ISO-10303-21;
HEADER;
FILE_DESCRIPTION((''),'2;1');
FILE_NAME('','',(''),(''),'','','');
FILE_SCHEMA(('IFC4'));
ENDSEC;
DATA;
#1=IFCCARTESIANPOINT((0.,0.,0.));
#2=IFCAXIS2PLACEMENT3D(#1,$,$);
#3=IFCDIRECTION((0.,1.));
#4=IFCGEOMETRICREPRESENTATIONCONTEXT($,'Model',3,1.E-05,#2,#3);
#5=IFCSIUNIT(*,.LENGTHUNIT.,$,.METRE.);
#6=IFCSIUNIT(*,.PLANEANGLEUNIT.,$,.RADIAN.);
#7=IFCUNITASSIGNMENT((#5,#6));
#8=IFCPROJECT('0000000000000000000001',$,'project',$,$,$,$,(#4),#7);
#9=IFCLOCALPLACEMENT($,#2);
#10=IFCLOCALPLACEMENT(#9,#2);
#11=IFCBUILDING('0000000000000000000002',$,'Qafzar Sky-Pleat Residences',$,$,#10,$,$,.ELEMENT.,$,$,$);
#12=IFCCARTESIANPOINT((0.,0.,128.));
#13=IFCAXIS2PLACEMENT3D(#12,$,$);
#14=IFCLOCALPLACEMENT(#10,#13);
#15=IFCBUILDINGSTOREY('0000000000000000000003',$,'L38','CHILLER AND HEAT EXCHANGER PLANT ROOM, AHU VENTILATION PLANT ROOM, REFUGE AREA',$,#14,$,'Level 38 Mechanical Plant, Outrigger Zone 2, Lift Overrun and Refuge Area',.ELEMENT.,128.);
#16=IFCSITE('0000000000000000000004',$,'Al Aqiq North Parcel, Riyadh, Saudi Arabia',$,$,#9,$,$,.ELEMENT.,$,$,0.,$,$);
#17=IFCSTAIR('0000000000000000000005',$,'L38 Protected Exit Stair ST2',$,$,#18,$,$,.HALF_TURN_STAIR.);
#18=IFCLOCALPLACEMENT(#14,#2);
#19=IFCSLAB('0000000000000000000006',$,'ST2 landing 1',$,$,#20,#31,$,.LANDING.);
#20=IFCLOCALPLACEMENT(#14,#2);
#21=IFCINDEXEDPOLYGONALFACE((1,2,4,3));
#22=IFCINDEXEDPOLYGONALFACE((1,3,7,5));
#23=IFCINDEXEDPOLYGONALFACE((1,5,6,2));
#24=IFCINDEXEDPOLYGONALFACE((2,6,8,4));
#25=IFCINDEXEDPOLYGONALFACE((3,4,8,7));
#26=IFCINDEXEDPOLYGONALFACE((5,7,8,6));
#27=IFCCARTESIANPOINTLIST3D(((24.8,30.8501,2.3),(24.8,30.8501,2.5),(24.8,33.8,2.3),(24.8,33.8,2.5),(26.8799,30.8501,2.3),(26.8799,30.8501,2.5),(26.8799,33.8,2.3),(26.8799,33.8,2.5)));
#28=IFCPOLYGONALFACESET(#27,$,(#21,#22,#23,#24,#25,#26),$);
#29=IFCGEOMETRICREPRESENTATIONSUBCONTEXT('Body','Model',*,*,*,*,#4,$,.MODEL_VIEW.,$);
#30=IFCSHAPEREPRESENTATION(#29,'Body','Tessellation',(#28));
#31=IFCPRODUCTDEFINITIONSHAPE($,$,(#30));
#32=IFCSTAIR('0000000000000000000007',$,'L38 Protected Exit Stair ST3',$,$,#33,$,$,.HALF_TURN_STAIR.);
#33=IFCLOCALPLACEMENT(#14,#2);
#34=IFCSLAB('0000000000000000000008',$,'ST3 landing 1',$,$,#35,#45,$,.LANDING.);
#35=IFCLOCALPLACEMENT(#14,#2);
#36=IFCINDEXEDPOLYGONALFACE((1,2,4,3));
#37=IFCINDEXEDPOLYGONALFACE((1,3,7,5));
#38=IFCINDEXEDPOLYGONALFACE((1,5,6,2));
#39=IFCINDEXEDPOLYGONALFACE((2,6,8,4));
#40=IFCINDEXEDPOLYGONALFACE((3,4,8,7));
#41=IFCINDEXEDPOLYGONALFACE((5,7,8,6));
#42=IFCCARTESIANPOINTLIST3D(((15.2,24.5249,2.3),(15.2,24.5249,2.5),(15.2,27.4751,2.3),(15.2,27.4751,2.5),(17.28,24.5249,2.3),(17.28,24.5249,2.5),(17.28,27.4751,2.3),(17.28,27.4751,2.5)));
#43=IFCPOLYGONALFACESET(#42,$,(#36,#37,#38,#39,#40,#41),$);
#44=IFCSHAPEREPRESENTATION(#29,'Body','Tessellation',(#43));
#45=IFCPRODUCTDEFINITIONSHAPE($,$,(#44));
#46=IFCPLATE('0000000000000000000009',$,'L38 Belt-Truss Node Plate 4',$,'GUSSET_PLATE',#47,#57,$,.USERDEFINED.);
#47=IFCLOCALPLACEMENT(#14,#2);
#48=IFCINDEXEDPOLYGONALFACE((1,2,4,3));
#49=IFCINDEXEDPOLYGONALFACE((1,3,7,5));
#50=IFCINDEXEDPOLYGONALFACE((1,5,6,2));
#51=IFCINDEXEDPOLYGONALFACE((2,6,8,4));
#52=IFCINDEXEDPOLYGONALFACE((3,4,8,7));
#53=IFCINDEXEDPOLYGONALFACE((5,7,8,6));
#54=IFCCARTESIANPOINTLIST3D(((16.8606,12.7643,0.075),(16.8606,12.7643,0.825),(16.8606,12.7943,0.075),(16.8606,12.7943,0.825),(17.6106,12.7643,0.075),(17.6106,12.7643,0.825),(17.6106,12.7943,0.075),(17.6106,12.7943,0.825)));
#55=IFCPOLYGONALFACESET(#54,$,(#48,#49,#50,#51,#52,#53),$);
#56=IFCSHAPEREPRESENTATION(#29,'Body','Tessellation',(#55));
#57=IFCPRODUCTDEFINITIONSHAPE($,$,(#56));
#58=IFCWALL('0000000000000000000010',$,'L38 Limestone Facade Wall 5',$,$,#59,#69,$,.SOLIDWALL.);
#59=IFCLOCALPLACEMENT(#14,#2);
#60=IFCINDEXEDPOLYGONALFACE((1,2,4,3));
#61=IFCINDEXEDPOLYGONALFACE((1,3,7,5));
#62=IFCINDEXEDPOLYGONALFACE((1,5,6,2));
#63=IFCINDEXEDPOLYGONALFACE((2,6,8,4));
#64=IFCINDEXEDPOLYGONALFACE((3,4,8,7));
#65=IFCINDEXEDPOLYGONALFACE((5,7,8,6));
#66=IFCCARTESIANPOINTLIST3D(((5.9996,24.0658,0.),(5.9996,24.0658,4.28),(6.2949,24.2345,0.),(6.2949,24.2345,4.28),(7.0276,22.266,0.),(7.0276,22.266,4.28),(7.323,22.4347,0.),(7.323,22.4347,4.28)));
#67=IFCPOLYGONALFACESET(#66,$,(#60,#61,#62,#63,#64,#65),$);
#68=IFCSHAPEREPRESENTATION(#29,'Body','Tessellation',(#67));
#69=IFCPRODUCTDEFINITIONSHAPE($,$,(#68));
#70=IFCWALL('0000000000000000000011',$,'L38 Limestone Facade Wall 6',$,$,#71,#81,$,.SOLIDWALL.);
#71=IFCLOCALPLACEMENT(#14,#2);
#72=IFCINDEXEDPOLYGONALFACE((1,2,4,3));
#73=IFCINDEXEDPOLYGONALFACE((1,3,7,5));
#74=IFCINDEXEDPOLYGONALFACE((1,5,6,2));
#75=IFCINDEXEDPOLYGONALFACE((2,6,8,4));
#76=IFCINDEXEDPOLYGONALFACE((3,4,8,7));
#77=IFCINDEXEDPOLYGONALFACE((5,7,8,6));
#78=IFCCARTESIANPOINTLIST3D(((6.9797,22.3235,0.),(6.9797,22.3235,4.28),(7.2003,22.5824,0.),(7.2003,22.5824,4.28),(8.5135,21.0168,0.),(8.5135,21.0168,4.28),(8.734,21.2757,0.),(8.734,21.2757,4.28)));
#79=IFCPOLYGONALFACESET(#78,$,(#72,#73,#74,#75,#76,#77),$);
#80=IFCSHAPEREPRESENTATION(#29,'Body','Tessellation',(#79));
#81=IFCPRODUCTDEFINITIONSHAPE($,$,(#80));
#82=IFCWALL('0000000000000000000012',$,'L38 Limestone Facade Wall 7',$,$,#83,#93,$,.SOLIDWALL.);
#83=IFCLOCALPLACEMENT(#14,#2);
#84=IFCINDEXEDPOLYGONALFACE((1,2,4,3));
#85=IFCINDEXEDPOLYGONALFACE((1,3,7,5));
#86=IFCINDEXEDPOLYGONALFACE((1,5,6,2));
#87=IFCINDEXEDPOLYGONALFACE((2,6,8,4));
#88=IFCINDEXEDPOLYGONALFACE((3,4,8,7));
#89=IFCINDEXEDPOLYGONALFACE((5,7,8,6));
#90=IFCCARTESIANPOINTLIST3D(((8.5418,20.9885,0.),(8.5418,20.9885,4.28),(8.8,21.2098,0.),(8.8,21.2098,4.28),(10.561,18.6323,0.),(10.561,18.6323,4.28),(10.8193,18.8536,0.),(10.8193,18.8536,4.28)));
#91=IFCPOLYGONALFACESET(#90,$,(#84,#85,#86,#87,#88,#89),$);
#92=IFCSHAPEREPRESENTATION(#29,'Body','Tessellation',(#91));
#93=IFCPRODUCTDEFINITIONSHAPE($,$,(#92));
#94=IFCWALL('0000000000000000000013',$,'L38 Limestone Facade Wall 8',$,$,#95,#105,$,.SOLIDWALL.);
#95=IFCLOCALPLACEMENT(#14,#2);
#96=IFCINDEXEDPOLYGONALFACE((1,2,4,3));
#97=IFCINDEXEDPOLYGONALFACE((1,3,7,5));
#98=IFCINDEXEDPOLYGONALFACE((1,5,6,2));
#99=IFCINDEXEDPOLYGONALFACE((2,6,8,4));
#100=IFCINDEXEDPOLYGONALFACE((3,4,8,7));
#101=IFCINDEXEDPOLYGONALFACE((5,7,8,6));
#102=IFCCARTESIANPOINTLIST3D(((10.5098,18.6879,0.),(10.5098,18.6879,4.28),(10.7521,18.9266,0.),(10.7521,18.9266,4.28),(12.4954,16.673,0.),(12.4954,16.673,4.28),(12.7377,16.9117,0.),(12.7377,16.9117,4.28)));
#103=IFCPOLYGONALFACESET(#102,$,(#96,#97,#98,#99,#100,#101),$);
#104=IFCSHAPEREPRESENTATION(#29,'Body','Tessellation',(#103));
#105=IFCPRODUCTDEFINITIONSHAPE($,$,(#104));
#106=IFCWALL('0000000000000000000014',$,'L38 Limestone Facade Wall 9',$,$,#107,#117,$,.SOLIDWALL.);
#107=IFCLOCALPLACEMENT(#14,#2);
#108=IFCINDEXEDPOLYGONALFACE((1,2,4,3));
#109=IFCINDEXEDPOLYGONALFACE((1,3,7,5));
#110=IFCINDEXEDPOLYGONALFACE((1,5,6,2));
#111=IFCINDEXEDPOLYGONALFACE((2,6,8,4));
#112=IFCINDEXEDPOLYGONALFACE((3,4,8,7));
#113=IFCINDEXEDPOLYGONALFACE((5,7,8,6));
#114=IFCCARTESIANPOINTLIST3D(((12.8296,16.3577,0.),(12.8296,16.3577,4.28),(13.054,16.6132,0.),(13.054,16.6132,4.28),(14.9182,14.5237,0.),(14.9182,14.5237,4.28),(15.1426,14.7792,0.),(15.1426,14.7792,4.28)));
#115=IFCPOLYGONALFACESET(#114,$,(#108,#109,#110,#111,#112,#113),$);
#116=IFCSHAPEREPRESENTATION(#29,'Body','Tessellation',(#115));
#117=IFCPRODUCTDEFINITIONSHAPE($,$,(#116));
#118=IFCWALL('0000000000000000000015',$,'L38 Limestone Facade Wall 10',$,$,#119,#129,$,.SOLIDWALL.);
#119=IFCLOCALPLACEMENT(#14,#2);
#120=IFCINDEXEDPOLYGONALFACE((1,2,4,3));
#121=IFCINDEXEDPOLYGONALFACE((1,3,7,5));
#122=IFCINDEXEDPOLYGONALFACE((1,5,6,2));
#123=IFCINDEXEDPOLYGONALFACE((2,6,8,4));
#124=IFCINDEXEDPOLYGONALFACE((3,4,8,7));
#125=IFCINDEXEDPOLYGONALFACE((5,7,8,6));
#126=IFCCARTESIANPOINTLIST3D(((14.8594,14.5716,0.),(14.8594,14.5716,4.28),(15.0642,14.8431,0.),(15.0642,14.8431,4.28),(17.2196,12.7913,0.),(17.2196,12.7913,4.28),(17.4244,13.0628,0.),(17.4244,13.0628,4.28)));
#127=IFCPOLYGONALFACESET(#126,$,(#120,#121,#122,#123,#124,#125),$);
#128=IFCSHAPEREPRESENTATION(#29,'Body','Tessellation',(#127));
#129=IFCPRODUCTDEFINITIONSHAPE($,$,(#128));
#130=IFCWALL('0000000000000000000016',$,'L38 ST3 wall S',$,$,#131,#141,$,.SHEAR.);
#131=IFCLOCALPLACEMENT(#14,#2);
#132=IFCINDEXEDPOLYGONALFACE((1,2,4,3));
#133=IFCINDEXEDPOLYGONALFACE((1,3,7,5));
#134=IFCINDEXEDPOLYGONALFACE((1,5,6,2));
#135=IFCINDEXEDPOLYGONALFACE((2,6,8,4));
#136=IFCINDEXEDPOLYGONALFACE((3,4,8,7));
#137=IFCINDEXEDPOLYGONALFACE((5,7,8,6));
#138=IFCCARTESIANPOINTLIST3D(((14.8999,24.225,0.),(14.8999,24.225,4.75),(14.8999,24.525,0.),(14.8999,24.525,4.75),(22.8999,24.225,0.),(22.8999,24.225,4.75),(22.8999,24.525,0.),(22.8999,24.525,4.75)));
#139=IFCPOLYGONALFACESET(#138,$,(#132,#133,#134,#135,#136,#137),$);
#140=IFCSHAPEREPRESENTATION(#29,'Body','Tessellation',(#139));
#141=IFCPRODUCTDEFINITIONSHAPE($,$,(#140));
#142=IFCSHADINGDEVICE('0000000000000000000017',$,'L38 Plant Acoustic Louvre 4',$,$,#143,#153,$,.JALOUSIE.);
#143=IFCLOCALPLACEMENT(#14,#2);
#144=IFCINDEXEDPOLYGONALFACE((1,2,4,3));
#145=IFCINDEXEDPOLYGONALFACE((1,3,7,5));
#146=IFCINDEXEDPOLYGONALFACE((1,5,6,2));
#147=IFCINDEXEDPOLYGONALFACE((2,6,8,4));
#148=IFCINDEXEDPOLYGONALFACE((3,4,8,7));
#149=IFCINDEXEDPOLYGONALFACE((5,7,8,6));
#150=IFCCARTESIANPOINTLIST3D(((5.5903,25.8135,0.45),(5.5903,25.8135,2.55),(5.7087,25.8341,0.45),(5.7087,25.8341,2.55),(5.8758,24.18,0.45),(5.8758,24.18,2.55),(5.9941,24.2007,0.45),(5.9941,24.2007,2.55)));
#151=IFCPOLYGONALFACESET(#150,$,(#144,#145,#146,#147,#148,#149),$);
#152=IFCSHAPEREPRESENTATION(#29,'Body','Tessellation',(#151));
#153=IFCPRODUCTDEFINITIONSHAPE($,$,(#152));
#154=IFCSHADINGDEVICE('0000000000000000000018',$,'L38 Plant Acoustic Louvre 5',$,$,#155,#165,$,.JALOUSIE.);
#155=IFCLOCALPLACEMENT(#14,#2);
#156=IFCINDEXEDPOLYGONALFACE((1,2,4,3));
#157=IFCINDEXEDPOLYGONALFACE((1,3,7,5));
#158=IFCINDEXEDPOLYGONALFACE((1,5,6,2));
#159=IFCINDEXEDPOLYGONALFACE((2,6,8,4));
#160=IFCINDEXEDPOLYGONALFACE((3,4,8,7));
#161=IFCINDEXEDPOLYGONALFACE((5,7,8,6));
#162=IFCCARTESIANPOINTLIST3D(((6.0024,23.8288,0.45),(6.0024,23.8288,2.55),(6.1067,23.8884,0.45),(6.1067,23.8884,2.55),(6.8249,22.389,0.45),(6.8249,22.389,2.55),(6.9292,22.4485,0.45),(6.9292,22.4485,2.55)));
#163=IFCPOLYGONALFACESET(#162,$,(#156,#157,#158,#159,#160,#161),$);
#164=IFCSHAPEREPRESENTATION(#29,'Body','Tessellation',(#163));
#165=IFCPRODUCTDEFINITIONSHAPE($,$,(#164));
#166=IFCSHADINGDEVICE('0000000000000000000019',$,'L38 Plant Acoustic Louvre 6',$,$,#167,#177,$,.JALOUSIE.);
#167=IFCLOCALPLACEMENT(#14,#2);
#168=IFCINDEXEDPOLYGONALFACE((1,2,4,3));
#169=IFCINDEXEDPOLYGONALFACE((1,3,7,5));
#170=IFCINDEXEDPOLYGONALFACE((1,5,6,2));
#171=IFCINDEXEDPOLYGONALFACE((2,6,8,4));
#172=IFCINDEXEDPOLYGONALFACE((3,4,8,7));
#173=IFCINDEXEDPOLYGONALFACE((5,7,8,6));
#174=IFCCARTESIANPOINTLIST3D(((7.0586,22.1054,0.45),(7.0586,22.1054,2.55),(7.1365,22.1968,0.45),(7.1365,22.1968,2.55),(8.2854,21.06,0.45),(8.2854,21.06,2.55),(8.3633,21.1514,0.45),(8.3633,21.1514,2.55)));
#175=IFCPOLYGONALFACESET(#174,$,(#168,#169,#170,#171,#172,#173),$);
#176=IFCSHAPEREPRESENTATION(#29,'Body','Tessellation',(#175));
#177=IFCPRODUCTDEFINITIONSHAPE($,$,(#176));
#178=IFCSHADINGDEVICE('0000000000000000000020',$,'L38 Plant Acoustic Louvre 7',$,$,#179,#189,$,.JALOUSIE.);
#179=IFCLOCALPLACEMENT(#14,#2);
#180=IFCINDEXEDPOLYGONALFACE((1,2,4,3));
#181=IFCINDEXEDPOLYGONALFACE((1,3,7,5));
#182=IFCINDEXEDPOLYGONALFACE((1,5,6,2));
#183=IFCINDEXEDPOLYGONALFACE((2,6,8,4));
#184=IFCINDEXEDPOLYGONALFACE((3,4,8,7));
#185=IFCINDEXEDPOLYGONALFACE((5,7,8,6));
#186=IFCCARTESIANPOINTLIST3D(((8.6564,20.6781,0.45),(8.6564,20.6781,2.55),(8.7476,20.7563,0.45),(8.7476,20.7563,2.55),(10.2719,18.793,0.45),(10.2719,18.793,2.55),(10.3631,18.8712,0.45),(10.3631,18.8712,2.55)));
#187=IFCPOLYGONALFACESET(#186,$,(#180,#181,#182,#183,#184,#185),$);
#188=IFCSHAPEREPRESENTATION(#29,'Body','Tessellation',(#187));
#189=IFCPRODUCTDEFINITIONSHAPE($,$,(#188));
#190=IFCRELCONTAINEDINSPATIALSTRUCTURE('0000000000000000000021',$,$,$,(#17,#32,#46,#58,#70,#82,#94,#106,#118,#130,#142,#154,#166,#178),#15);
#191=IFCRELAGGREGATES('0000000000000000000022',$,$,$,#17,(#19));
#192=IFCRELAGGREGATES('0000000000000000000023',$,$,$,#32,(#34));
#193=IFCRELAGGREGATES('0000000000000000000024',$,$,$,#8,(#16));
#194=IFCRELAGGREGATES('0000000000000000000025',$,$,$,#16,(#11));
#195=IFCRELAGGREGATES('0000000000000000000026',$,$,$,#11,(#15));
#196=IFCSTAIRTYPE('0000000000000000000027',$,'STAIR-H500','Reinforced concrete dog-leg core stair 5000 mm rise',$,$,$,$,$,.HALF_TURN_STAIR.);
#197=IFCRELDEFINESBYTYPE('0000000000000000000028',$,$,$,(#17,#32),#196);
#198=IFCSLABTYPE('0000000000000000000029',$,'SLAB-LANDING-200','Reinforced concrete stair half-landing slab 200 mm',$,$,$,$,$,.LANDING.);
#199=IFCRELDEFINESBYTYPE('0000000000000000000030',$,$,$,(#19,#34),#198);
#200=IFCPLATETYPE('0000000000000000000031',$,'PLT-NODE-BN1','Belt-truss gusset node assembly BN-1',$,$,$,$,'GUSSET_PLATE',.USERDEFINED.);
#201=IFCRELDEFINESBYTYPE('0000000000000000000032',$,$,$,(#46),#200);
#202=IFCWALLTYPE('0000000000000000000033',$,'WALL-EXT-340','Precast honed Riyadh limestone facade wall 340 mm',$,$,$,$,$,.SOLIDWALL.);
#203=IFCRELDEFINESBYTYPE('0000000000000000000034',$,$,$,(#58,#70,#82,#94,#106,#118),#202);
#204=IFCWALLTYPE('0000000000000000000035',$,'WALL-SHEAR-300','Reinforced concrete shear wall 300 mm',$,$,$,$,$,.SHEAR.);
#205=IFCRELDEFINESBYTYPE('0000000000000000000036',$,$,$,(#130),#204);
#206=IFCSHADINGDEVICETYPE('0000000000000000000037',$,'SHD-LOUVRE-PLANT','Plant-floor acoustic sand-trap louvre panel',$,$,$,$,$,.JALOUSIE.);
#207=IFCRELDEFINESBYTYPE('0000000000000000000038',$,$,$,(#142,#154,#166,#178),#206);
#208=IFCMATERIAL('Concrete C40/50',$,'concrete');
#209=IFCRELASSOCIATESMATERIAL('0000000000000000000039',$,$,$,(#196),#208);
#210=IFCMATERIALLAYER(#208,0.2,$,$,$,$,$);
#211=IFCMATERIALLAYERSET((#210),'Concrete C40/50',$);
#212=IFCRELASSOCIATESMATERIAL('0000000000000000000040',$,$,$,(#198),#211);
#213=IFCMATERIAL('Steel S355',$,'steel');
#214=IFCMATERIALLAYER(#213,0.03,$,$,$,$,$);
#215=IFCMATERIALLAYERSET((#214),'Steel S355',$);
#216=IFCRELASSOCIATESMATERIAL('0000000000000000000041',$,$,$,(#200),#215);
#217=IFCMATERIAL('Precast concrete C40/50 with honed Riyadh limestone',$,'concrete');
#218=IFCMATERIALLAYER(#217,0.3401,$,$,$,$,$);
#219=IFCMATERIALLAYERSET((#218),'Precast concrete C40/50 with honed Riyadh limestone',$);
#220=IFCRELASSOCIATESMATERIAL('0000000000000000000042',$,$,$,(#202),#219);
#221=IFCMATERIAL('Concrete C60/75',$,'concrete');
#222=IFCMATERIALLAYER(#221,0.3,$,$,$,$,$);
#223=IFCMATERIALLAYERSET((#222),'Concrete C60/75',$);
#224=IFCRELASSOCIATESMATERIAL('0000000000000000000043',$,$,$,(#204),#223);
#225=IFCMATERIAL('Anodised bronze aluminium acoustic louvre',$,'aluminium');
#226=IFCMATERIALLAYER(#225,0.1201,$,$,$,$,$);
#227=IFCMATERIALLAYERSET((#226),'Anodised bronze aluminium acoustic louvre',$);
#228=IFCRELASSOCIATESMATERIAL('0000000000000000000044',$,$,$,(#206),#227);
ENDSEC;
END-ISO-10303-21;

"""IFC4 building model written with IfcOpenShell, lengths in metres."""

from ifc_helpers import new_model, si_unit, direction, frame, frame_2d, origin, origin_2d, place, context, subcontext, project, spatial, polyline, rectangle, outline, extrude, source, transform, mapped, material, layer, layer_set, type_object, element, aggregate, save


model = new_model("IFC4")

# Units and contexts
model_context = context("Model", 3, precision=1e-05, world=origin(), true_north=direction((0.0, 1.0)))
body_context = subcontext(model_context, "Body", "Model", "MODEL_VIEW")
ifc_project = project(units=[si_unit("LENGTHUNIT", "METRE"), si_unit("PLANEANGLEUNIT", "RADIAN")], contexts=[model_context])

# Site, building, storey
site_placement = place(None, origin())
site = spatial("IfcSite", under=ifc_project, at=site_placement, Name="Al Aqiq North Parcel, Riyadh, Saudi Arabia", CompositionType="ELEMENT", RefElevation=0.0)
building_placement = place(site_placement, origin())
building = spatial("IfcBuilding", under=site, at=building_placement, Name="Qafzar Sky-Pleat Residences", CompositionType="ELEMENT")
storey_placement = place(building_placement, frame((0.0, 0.0, 128.0)))
storey = spatial("IfcBuildingStorey", under=building, at=storey_placement, Name="L38", Description="CHILLER AND HEAT EXCHANGER PLANT ROOM, AHU VENTILATION PLANT ROOM, REFUGE AREA", LongName="Level 38 Mechanical Plant, Outrigger Zone 2, Lift Overrun and Refuge Area", CompositionType="ELEMENT", Elevation=128.0)

# Shared definitions
ifc_material_1 = material(Name="Concrete C60/75", Category="concrete")

# Shared definitions
ifc_material_2 = material(Name="Steel S355", Category="steel")

# Shared definitions
ifc_material_3 = material(Name="Concrete C40/50", Category="concrete")

# Stairs, slabs
stair_type = type_object("IfcStairType", Name="STAIR-H500", Description="Reinforced concrete dog-leg core stair 5000 mm rise", PredefinedType="HALF_TURN_STAIR", material=ifc_material_3)
ifc_layer_1 = layer(ifc_material_3, 0.2)
ifc_layer_set_1 = layer_set([ifc_layer_1], Name="Concrete C40/50")
slab_type_1 = type_object("IfcSlabType", Name="SLAB-LANDING-200", Description="Reinforced concrete stair half-landing slab 200 mm", PredefinedType="LANDING", material=ifc_layer_set_1)
stair_1_placement = place(storey_placement, origin())
stair_1 = element("IfcStair", 1, at=stair_1_placement, inside=storey, type_object=stair_type, Name="L38 Protected Exit Stair ST2", PredefinedType="HALF_TURN_STAIR")
slab_1_placement = place(storey_placement, frame((0.0, 0.0, 2.3)))
slab_1 = element("IfcSlab", 2, at=slab_1_placement, type_object=slab_type_1, Name="ST2 landing 1", PredefinedType="LANDING", context=body_context, shape_type="SweptSolid", body=[
    extrude(outline(polyline([(26.8799, 33.8), (24.8, 33.8), (24.8, 30.8501), (26.8799, 30.8501), (26.8799, 33.8)])), origin(), (0.0, 0.0, 1.0), 0.2),
])
aggregate(stair_1, [slab_1])
stair_2_placement = place(storey_placement, origin())
stair_2 = element("IfcStair", 3, at=stair_2_placement, inside=storey, type_object=stair_type, Name="L38 Protected Exit Stair ST3", PredefinedType="HALF_TURN_STAIR")
slab_2_placement = place(storey_placement, frame((0.0, 0.0, 2.3)))
slab_2 = element("IfcSlab", 4, at=slab_2_placement, type_object=slab_type_1, Name="ST3 landing 1", PredefinedType="LANDING", context=body_context, shape_type="SweptSolid", body=[
    extrude(outline(polyline([(17.28, 27.4751), (15.2, 27.4751), (15.2, 24.5249), (17.28, 24.5249), (17.28, 27.4751)])), origin(), (0.0, 0.0, 1.0), 0.2),
])
aggregate(stair_2, [slab_2])

# Plate
ifc_layer_2 = layer(ifc_material_2, 0.03)
ifc_layer_set_2 = layer_set([ifc_layer_2], Name="Steel S355")
plate_type = type_object("IfcPlateType", Name="PLT-NODE-BN1", Description="Belt-truss gusset node assembly BN-1", ElementType="GUSSET_PLATE", PredefinedType="USERDEFINED", material=ifc_layer_set_2)
shared_shape_1 = source(origin(), body_context, "Body", "SweptSolid", [
    extrude(rectangle(XDim=0.75, YDim=0.03, at=origin_2d()), origin(), (0.0, 0.0, 1.0), 0.75),
])
plate_placement = place(storey_placement, frame((17.2356, 12.7793, 0.075), z_axis=(0.0, 0.0, 1.0), x_axis=(1.0, 0.0, 0.0)))
element("IfcPlate", 5, at=plate_placement, inside=storey, type_object=plate_type, Name="L38 Belt-Truss Node Plate 4", ObjectType="GUSSET_PLATE", PredefinedType="USERDEFINED", context=body_context, shape_type="MappedRepresentation", body=[
    mapped(shared_shape_1, transform((0.0, 0.0, 0.0), x_axis=(1.0, 0.0, 0.0), y_axis=(0.0, 1.0, 0.0), z_axis=(0.0, 0.0, 1.0), scale=1.0)),
])

# Walls
ifc_material_4 = material(Name="Precast concrete C40/50 with honed Riyadh limestone", Category="concrete")
ifc_layer_3 = layer(ifc_material_4, 0.3401)
ifc_layer_set_3 = layer_set([ifc_layer_3], Name="Precast concrete C40/50 with honed Riyadh limestone")
wall_type_1 = type_object("IfcWallType", Name="WALL-EXT-340", Description="Precast honed Riyadh limestone facade wall 340 mm", PredefinedType="SOLIDWALL", material=ifc_layer_set_3)
wall_1_placement = place(storey_placement, frame((6.1472, 24.1501, 0.0), z_axis=(0.0, 0.0, 1.0), x_axis=(0.495999, -0.868323, 0.0)))
element("IfcWall", 6, at=wall_1_placement, inside=storey, type_object=wall_type_1, Name="L38 Limestone Facade Wall 5", PredefinedType="SOLIDWALL", context=body_context, shape_type="SweptSolid", body=[
    extrude(rectangle(XDim=2.0728, YDim=0.3401, at=frame_2d((1.0364, 0.0))), origin(), (0.0, 0.0, 1.0), 4.28),
])
wall_2_placement = place(storey_placement, frame((7.0901, 22.4529, 0.0), z_axis=(0.0, 0.0, 1.0), x_axis=(0.761203, -0.648513, 0.0)))
element("IfcWall", 7, at=wall_2_placement, inside=storey, type_object=wall_type_1, Name="L38 Limestone Facade Wall 6", PredefinedType="SOLIDWALL", context=body_context, shape_type="SweptSolid", body=[
    extrude(rectangle(XDim=2.0149, YDim=0.3401, at=frame_2d((1.0073, 0.0))), origin(), (0.0, 0.0, 1.0), 4.28),
])
wall_3_placement = place(storey_placement, frame((8.6709, 21.0991, 0.0), z_axis=(0.0, 0.0, 1.0), x_axis=(0.650733, -0.759307, 0.0)))
element("IfcWall", 8, at=wall_3_placement, inside=storey, type_object=wall_type_1, Name="L38 Limestone Facade Wall 7", PredefinedType="SOLIDWALL", context=body_context, shape_type="SweptSolid", body=[
    extrude(rectangle(XDim=3.103, YDim=0.3401, at=frame_2d((1.5515, 0.0))), origin(), (0.0, 0.0, 1.0), 4.28),
])
wall_4_placement = place(storey_placement, frame((10.6309, 18.8074, 0.0), z_axis=(0.0, 0.0, 1.0), x_axis=(0.70191, -0.712266, 0.0)))
element("IfcWall", 9, at=wall_4_placement, inside=storey, type_object=wall_type_1, Name="L38 Limestone Facade Wall 8", PredefinedType="SOLIDWALL", context=body_context, shape_type="SweptSolid", body=[
    extrude(rectangle(XDim=2.8289, YDim=0.3401, at=frame_2d((1.4146, 0.0))), origin(), (0.0, 0.0, 1.0), 4.28),
])
wall_5_placement = place(storey_placement, frame((12.9419, 16.4854, 0.0), z_axis=(0.0, 0.0, 1.0), x_axis=(0.751427, -0.659816, 0.0)))
element("IfcWall", 10, at=wall_5_placement, inside=storey, type_object=wall_type_1, Name="L38 Limestone Facade Wall 9", PredefinedType="SOLIDWALL", context=body_context, shape_type="SweptSolid", body=[
    extrude(rectangle(XDim=2.7795, YDim=0.3401, at=frame_2d((1.3896, 0.0))), origin(), (0.0, 0.0, 1.0), 4.28),
])
wall_6_placement = place(storey_placement, frame((14.9619, 14.7073, 0.0), z_axis=(0.0, 0.0, 1.0), x_axis=(0.798342, -0.602204, 0.0)))
element("IfcWall", 11, at=wall_6_placement, inside=storey, type_object=wall_type_1, Name="L38 Limestone Facade Wall 10", PredefinedType="SOLIDWALL", context=body_context, shape_type="SweptSolid", body=[
    extrude(rectangle(XDim=2.9563, YDim=0.3401, at=frame_2d((1.478, 0.0))), origin(), (0.0, 0.0, 1.0), 4.28),
])
ifc_layer_4 = layer(ifc_material_1, 0.3)
ifc_layer_set_4 = layer_set([ifc_layer_4], Name="Concrete C60/75")
wall_type_2 = type_object("IfcWallType", Name="WALL-SHEAR-300", Description="Reinforced concrete shear wall 300 mm", PredefinedType="SHEAR", material=ifc_layer_set_4)
wall_7_placement = place(storey_placement, frame((14.8999, 24.375, 0.0), z_axis=(0.0, 0.0, 1.0), x_axis=(1.0, 0.0, 0.0)))
element("IfcWall", 12, at=wall_7_placement, inside=storey, type_object=wall_type_2, Name="L38 ST3 wall S", PredefinedType="SHEAR", context=body_context, shape_type="SweptSolid", body=[
    extrude(rectangle(XDim=8.0, YDim=0.3, at=frame_2d((4.0, 0.0))), origin(), (0.0, 0.0, 1.0), 4.75),
])

# Shading devices
ifc_material_5 = material(Name="Anodised bronze aluminium acoustic louvre", Category="aluminium")
ifc_layer_5 = layer(ifc_material_5, 0.1201)
ifc_layer_set_5 = layer_set([ifc_layer_5], Name="Anodised bronze aluminium acoustic louvre")
shading_device_type = type_object("IfcShadingDeviceType", Name="SHD-LOUVRE-PLANT", Description="Plant-floor acoustic sand-trap louvre panel", PredefinedType="JALOUSIE", material=ifc_layer_set_5)
shared_shape_2 = source(origin(), body_context, "Body", "SweptSolid", [
    extrude(rectangle(XDim=1.6582, YDim=0.1201, at=origin_2d()), origin(), (0.0, 0.0, 1.0), 2.1001),
])
for number, where, z_axis, x_axis, name in (
    (13, (5.7922, 25.0071, 0.45), (0.0, 0.0, 1.0), (0.17217, -0.985067, 0.0), "L38 Plant Acoustic Louvre 4"),
    (14, (6.4658, 23.1387, 0.45), (0.0, 0.0, 1.0), (0.496025, -0.868308, 0.0), "L38 Plant Acoustic Louvre 5"),
):
    element("IfcShadingDevice", number, at=place(storey_placement, frame(where, z_axis=z_axis, x_axis=x_axis)), inside=storey, type_object=shading_device_type, Name=name, PredefinedType="JALOUSIE", context=body_context, shape_type="MappedRepresentation", body=[
        mapped(shared_shape_2, transform((0.0, 0.0, 0.0), x_axis=(1.0, 0.0, 0.0), y_axis=(0.0, 1.0, 0.0), z_axis=(0.0, 0.0, 1.0), scale=1.0)),
    ])
shared_shape_3 = source(origin(), body_context, "Body", "SweptSolid", [
    extrude(rectangle(XDim=1.6118, YDim=0.1201, at=origin_2d()), origin(), (0.0, 0.0, 1.0), 2.1001),
])
shading_device_1_placement = place(storey_placement, frame((7.7109, 21.6284, 0.45), z_axis=(0.0, 0.0, 1.0), x_axis=(0.761145, -0.648581, 0.0)))
element("IfcShadingDevice", 15, at=shading_device_1_placement, inside=storey, type_object=shading_device_type, Name="L38 Plant Acoustic Louvre 6", PredefinedType="JALOUSIE", context=body_context, shape_type="MappedRepresentation", body=[
    mapped(shared_shape_3, transform((0.0, 0.0, 0.0), x_axis=(1.0, 0.0, 0.0), y_axis=(0.0, 1.0, 0.0), z_axis=(0.0, 0.0, 1.0), scale=1.0)),
])
shared_shape_4 = source(origin(), body_context, "Body", "SweptSolid", [
    extrude(rectangle(XDim=2.4827, YDim=0.1201, at=origin_2d()), origin(), (0.0, 0.0, 1.0), 2.1001),
])
shading_device_2_placement = place(storey_placement, frame((9.5098, 19.7747, 0.45), z_axis=(0.0, 0.0, 1.0), x_axis=(0.650722, -0.759316, 0.0)))
element("IfcShadingDevice", 16, at=shading_device_2_placement, inside=storey, type_object=shading_device_type, Name="L38 Plant Acoustic Louvre 7", PredefinedType="JALOUSIE", context=body_context, shape_type="MappedRepresentation", body=[
    mapped(shared_shape_4, transform((0.0, 0.0, 0.0), x_axis=(1.0, 0.0, 0.0), y_axis=(0.0, 1.0, 0.0), z_axis=(0.0, 0.0, 1.0), scale=1.0)),
])

save(model, "model.ifc")
